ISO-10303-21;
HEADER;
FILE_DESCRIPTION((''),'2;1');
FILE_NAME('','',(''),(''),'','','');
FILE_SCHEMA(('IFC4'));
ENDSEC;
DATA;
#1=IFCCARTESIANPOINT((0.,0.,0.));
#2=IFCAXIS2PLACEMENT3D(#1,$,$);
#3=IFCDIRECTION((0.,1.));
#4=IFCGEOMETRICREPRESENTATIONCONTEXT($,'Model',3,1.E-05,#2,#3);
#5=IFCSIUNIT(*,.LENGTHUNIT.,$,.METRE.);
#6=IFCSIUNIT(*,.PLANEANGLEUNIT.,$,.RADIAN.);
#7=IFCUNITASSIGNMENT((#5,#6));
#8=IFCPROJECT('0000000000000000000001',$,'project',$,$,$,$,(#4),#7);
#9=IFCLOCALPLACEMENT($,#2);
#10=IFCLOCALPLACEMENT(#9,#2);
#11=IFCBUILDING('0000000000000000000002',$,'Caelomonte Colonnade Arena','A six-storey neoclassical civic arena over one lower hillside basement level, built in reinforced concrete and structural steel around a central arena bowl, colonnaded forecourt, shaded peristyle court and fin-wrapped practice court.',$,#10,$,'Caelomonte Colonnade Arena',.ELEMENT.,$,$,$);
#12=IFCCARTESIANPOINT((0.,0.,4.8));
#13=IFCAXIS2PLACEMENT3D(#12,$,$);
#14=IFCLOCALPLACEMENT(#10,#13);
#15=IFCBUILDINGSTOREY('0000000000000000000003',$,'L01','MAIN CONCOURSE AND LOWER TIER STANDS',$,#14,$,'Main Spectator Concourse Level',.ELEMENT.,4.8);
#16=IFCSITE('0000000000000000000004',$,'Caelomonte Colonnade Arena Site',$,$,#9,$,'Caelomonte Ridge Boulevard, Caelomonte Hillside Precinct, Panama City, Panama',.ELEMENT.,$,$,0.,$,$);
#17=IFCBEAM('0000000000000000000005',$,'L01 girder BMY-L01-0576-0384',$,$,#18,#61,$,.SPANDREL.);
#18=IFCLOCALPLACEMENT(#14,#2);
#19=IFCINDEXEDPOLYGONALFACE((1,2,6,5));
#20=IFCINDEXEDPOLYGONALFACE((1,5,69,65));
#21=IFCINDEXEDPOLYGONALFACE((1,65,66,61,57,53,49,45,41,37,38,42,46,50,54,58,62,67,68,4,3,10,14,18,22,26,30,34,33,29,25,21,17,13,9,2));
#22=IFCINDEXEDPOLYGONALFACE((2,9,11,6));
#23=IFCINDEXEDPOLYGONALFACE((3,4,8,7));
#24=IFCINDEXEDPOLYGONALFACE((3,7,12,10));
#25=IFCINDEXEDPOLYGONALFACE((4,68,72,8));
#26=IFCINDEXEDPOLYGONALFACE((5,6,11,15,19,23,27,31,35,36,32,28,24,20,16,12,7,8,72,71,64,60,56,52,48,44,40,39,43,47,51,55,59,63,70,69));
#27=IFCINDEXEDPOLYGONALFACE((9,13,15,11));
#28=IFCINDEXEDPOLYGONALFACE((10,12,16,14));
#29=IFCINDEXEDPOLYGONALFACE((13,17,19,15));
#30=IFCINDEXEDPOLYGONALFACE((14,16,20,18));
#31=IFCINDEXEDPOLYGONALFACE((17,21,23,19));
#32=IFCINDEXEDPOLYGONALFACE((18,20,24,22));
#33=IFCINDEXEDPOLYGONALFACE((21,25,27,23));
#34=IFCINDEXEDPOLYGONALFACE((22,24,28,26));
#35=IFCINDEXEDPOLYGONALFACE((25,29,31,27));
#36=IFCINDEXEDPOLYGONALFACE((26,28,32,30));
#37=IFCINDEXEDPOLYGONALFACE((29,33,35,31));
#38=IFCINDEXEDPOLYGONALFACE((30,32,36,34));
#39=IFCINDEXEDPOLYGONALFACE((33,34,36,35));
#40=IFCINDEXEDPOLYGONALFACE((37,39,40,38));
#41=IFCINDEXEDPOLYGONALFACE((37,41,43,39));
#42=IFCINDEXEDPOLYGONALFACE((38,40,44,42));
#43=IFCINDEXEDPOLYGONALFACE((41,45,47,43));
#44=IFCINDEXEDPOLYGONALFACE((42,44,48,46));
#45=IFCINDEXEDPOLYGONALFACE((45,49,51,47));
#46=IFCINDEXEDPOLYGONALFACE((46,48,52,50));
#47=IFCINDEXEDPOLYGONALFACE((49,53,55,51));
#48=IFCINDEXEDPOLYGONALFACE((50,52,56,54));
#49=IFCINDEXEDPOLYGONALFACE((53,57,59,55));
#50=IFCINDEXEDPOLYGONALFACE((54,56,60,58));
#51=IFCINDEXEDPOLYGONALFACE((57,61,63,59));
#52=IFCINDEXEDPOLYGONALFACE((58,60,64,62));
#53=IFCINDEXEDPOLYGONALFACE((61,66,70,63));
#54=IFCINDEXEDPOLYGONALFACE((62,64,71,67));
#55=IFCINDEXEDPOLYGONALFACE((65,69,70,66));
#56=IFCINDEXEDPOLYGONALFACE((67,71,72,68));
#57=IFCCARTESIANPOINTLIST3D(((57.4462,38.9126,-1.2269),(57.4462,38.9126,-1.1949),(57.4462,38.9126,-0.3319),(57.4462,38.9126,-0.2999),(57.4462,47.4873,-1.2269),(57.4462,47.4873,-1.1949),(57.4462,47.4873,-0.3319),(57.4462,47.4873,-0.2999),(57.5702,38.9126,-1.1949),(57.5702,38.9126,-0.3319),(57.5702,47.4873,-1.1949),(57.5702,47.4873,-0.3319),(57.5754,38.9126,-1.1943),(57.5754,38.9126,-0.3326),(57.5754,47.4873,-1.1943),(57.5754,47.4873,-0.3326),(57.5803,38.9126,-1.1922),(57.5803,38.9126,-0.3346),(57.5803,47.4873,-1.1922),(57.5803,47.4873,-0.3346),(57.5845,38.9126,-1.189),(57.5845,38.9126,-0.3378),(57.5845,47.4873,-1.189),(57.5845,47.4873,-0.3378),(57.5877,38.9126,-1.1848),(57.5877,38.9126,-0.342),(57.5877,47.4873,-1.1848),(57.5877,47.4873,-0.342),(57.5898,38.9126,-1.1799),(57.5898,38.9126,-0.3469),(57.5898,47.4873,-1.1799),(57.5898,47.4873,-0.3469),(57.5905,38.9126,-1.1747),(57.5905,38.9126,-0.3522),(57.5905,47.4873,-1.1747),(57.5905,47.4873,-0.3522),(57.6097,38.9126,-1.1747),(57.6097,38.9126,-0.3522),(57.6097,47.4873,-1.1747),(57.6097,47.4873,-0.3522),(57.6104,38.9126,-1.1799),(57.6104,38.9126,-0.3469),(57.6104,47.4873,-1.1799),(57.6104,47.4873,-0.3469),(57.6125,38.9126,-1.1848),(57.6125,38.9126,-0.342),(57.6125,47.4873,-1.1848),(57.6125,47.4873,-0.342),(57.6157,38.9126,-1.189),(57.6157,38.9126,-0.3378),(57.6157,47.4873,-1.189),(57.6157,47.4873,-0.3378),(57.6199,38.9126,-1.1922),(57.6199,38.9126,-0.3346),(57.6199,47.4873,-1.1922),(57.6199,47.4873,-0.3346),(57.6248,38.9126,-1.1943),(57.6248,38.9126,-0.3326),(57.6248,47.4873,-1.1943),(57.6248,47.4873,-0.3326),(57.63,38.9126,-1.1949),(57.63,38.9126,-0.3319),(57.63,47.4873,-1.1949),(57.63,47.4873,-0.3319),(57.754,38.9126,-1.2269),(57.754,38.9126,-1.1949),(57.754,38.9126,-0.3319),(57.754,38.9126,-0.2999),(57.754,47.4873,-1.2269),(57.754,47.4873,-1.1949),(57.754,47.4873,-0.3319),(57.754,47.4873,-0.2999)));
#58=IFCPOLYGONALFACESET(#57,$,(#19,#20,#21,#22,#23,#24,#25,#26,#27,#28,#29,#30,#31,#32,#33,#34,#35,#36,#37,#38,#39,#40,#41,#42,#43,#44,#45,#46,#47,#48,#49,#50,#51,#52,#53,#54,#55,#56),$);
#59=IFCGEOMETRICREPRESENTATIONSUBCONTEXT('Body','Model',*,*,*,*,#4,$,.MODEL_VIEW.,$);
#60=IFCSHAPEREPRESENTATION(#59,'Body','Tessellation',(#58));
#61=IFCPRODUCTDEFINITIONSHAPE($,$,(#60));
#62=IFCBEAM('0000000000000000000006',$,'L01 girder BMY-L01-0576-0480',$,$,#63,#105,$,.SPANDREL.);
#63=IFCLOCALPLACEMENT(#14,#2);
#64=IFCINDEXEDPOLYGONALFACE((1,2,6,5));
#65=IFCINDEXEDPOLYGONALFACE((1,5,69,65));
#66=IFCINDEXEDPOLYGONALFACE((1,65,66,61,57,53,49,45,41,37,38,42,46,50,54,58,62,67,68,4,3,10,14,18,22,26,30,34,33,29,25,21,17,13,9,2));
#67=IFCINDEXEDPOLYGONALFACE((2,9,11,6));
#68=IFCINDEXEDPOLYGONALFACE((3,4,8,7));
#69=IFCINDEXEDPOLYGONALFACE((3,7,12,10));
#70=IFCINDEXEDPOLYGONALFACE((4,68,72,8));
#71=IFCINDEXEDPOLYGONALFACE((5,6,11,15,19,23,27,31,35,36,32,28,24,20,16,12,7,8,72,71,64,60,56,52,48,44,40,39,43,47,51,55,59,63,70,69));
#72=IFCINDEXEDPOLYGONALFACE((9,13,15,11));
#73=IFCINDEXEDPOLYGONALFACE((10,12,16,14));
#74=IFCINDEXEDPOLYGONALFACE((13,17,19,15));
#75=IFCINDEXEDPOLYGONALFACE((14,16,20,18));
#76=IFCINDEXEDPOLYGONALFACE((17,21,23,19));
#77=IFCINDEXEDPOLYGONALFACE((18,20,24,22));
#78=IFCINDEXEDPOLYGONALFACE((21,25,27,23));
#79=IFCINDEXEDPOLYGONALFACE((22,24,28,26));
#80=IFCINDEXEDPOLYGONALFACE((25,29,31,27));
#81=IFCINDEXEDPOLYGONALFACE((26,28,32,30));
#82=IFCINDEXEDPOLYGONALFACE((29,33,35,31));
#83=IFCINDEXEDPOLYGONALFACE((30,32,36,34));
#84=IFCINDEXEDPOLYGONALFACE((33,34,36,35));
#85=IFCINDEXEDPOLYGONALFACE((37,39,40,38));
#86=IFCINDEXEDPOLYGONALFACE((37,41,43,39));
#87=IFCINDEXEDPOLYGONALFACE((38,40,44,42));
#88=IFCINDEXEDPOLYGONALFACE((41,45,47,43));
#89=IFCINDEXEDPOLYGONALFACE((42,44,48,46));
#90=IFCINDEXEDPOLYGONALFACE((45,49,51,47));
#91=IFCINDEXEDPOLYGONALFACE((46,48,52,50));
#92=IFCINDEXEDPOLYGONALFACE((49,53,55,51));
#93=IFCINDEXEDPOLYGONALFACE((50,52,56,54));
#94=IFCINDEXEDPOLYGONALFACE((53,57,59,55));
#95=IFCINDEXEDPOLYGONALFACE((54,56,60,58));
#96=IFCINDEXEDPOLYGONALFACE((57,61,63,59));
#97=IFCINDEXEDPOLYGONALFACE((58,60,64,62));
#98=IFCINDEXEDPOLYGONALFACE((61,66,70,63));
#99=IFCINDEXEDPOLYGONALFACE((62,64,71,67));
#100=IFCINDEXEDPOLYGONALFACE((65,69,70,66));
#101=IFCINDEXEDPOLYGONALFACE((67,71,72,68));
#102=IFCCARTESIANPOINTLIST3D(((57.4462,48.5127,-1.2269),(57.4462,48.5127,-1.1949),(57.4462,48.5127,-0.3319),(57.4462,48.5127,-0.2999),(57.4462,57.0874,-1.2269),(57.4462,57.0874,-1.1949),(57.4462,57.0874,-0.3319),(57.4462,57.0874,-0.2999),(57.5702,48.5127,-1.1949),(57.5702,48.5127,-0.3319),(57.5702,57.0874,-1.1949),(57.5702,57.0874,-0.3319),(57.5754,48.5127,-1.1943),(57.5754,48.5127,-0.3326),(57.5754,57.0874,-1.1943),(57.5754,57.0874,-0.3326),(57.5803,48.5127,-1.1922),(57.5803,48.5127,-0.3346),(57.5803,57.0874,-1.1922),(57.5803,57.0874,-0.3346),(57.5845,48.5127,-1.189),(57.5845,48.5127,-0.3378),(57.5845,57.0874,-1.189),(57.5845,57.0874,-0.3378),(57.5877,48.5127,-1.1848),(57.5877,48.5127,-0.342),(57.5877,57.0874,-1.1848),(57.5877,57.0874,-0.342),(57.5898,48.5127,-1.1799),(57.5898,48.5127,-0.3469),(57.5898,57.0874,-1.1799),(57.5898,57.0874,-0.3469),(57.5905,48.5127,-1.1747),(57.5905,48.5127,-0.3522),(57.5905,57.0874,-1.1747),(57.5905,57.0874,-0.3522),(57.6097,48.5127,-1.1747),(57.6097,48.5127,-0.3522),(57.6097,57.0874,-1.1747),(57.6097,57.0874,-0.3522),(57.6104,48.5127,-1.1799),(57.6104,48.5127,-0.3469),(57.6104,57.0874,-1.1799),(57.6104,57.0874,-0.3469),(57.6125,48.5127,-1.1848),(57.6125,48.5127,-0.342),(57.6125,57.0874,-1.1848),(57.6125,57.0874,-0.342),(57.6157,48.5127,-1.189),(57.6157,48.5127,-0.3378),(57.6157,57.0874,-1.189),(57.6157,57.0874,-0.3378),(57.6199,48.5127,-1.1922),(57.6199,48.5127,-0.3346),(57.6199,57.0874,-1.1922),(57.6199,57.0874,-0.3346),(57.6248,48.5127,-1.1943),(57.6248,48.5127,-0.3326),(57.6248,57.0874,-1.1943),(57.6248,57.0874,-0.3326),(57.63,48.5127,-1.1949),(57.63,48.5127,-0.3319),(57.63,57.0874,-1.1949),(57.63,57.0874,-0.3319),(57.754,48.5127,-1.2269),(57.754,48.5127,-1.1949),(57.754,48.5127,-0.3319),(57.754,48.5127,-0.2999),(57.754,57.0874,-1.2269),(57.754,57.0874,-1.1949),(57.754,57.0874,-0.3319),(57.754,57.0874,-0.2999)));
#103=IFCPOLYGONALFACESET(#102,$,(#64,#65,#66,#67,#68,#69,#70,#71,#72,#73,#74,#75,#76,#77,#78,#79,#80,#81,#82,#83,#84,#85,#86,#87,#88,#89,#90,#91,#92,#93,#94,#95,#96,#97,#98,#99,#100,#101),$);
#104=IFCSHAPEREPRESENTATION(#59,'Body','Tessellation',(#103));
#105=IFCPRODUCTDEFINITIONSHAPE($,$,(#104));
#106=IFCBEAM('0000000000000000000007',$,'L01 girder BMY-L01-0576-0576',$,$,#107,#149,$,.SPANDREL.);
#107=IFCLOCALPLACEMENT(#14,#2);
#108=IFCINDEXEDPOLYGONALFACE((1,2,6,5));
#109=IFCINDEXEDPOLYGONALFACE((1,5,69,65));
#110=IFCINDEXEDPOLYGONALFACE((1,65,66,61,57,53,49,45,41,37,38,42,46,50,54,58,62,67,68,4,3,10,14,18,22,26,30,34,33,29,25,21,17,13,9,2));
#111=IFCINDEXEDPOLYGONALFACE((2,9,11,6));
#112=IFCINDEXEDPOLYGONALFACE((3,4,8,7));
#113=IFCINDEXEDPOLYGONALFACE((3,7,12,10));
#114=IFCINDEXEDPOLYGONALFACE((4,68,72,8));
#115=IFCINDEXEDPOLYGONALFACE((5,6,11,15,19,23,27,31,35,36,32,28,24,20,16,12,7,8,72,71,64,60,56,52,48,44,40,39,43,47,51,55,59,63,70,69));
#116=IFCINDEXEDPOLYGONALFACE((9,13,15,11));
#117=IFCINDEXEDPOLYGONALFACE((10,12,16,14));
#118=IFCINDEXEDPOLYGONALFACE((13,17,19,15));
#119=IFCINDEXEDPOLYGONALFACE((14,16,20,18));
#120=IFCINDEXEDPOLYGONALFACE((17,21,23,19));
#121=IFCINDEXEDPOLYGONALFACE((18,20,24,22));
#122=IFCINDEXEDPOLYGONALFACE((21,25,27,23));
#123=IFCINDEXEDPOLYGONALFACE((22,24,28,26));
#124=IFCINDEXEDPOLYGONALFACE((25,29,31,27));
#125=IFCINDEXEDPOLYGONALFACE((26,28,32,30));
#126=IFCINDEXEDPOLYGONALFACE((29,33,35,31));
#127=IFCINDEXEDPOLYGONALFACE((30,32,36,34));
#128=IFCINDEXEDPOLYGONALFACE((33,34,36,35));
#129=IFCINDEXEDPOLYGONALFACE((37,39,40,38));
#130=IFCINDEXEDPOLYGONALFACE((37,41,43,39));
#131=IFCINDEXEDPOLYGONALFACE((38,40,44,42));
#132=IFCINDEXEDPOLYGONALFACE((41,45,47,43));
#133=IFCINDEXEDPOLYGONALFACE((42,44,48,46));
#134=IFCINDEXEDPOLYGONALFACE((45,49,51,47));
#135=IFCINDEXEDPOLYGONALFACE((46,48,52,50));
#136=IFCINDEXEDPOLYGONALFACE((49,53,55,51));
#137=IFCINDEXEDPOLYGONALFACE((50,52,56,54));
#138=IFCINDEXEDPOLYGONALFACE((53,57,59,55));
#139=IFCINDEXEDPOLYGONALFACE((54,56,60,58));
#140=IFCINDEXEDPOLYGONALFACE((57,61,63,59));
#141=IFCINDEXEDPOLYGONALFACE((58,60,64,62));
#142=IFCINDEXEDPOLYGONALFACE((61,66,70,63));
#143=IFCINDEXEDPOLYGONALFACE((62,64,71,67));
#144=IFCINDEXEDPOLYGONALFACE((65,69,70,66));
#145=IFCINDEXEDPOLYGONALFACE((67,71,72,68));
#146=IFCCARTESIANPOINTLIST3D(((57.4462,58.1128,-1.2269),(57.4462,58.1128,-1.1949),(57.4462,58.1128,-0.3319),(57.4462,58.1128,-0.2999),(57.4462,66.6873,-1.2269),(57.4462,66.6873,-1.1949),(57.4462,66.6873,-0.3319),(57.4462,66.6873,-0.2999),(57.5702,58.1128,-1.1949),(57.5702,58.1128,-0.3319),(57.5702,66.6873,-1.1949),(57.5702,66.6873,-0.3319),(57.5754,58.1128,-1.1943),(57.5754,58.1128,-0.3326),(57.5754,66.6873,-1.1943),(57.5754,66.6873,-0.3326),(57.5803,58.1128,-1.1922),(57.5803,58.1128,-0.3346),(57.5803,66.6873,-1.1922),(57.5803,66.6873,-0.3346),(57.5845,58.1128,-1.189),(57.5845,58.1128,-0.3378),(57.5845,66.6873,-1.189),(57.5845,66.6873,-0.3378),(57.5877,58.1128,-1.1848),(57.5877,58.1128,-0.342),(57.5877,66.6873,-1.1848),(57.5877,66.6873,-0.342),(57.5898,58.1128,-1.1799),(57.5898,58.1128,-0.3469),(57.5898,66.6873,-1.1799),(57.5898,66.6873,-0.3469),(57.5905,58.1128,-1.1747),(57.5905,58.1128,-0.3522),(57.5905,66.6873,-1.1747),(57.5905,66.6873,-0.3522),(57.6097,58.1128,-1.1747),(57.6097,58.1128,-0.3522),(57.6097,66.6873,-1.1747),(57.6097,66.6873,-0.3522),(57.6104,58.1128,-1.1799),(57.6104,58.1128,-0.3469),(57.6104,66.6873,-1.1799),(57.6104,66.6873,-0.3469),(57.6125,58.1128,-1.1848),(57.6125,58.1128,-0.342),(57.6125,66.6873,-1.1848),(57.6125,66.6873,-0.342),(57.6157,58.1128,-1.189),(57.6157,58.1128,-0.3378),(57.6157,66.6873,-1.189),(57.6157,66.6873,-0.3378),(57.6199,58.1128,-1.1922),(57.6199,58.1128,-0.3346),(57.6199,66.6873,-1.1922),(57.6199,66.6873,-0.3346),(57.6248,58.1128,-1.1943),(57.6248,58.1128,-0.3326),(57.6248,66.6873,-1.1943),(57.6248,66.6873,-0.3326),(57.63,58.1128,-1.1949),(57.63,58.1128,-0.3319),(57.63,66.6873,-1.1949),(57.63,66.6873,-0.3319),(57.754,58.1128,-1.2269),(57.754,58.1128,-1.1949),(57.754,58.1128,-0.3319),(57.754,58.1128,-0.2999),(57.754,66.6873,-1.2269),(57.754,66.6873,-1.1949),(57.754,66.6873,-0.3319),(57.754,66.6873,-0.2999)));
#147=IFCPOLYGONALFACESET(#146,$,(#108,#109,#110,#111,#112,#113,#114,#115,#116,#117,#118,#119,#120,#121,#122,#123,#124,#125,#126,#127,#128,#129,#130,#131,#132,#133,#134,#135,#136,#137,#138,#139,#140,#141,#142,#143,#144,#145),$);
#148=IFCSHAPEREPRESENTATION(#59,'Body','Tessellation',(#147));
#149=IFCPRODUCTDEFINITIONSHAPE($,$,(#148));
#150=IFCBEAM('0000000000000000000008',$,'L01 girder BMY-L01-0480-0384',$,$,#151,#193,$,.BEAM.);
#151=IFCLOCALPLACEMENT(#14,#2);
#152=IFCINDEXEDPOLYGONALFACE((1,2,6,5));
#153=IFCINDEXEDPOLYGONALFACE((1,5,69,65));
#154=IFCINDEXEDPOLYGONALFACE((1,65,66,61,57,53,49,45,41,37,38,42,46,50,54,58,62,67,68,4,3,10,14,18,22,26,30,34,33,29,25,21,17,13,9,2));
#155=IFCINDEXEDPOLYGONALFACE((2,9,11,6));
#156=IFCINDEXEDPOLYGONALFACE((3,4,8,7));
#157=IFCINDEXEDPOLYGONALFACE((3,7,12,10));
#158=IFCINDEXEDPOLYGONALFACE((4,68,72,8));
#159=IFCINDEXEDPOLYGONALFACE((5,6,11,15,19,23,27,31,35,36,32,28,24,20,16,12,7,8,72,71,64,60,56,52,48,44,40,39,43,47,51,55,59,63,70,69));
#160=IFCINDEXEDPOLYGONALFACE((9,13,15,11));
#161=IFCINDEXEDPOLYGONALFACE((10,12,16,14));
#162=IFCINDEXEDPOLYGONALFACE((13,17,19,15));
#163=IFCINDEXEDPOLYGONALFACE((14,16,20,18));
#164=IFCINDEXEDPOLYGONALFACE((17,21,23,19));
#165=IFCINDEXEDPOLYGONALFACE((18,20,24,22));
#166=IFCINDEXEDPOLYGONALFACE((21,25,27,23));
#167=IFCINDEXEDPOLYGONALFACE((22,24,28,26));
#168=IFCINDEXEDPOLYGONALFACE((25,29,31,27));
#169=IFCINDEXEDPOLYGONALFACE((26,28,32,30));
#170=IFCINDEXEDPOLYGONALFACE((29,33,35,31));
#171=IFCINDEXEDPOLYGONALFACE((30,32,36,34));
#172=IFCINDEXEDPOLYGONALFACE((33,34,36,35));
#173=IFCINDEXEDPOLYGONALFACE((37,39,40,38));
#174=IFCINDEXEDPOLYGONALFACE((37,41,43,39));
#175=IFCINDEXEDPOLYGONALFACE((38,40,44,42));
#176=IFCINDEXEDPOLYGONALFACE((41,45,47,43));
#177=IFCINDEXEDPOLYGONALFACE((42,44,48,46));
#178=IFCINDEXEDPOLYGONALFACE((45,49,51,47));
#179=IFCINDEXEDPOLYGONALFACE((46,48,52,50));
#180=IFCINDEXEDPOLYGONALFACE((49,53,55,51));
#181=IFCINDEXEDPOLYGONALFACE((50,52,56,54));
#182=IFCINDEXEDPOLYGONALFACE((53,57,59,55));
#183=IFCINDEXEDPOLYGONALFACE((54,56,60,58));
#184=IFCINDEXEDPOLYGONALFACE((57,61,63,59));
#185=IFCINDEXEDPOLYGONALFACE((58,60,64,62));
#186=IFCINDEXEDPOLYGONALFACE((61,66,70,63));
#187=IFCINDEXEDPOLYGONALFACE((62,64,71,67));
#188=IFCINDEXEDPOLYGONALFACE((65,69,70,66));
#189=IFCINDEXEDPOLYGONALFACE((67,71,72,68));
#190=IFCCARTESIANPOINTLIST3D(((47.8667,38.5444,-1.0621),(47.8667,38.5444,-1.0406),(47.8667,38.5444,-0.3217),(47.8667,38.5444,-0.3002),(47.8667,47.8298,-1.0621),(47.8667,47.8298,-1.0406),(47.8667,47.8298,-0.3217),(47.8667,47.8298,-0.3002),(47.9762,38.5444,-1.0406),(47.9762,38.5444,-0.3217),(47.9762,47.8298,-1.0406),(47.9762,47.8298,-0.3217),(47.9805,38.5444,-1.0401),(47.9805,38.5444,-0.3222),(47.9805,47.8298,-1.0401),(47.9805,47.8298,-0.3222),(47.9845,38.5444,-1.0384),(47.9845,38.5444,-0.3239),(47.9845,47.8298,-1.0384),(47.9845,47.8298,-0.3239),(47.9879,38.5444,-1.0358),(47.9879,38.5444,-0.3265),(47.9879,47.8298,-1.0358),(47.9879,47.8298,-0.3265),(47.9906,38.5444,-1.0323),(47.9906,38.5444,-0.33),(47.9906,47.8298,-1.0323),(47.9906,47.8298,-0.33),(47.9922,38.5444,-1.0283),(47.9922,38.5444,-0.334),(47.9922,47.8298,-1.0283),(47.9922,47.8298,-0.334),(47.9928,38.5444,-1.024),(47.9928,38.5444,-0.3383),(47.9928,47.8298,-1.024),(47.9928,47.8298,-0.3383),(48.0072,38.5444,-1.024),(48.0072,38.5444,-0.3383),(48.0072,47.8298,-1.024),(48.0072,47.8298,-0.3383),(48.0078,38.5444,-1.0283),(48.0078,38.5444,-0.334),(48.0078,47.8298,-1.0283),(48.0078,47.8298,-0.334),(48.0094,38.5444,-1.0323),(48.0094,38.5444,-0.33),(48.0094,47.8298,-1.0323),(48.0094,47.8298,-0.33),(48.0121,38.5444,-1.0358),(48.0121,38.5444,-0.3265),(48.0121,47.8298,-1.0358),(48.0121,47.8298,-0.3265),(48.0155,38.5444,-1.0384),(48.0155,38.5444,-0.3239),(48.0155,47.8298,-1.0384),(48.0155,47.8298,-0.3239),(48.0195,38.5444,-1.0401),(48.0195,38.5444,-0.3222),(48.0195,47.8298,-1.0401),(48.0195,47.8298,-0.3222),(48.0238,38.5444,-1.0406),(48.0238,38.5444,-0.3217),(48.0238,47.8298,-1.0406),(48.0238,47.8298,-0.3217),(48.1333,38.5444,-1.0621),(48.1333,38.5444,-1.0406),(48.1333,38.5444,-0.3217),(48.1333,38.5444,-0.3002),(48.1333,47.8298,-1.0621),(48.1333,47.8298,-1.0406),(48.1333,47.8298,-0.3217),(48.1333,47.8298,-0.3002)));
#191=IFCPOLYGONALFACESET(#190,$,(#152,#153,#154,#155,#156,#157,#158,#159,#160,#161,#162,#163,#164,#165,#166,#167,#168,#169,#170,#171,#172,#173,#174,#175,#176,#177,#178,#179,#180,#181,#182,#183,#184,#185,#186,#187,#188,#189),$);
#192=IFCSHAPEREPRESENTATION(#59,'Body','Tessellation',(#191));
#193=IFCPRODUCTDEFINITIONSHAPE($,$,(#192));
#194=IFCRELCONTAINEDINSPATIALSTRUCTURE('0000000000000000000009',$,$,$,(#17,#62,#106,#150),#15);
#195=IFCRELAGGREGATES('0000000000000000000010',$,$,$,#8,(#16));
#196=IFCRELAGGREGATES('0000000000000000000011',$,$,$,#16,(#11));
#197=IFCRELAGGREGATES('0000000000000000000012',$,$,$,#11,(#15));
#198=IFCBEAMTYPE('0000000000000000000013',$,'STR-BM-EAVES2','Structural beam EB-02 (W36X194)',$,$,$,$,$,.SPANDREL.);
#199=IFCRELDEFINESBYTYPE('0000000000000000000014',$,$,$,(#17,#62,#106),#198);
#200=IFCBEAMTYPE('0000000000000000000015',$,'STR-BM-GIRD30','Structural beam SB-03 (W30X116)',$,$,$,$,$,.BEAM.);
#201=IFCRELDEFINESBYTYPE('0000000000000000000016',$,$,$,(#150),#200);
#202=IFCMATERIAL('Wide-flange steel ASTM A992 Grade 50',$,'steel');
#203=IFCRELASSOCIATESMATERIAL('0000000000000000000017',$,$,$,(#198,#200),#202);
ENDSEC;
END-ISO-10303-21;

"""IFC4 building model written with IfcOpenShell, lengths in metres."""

from ifc_helpers import new_model, si_unit, direction, frame, origin, origin_2d, place, context, subcontext, project, spatial, i_section, extrude, material, material_profile, profile_set, type_object, element, save


model = new_model("IFC4")

# Units and contexts
model_context = context("Model", 3, precision=1e-05, world=origin(), true_north=direction((0.0, 1.0)))
body_context = subcontext(model_context, "Body", "Model", "MODEL_VIEW")
ifc_project = project(units=[si_unit("LENGTHUNIT", "METRE"), si_unit("PLANEANGLEUNIT", "RADIAN")], contexts=[model_context])

# Site, building, storey
site_placement = place(None, origin())
site = spatial("IfcSite", under=ifc_project, at=site_placement, Name="Caelomonte Colonnade Arena Site", LongName="Caelomonte Ridge Boulevard, Caelomonte Hillside Precinct, Panama City, Panama", CompositionType="ELEMENT", RefElevation=0.0)
building_placement = place(site_placement, origin())
building = spatial("IfcBuilding", under=site, at=building_placement, Name="Caelomonte Colonnade Arena", Description="A six-storey neoclassical civic arena over one lower hillside basement level, built in reinforced concrete and structural steel around a central arena bowl, colonnaded forecourt, shaded peristyle court and fin-wrapped practice court.", LongName="Caelomonte Colonnade Arena", CompositionType="ELEMENT")
storey_placement = place(building_placement, frame((0.0, 0.0, 4.8)))
storey = spatial("IfcBuildingStorey", under=building, at=storey_placement, Name="L01", Description="MAIN CONCOURSE AND LOWER TIER STANDS", LongName="Main Spectator Concourse Level", CompositionType="ELEMENT", Elevation=4.8)

# Shared definitions
ifc_material_1 = material(Name="Wide-flange steel ASTM A992 Grade 50", Category="steel")

# Beams
ifc_material_profile_1 = material_profile(ifc_material_1, i_section(OverallWidth=0.3079, OverallDepth=0.927, WebThickness=0.0193, FlangeThickness=0.032, FilletRadius=0.0203, at=origin_2d()), Name="W36X194")
ifc_profile_set_1 = profile_set([ifc_material_profile_1], Name="Wide-flange steel ASTM A992 Grade 50")
beam_type_1 = type_object("IfcBeamType", Name="STR-BM-EAVES2", Description="Structural beam EB-02 (W36X194)", PredefinedType="SPANDREL", material=ifc_profile_set_1)
for number, where, z_axis, x_axis, name in (
    (1, (57.6001, 38.9126, -0.7634), (0.0, 1.0, 0.0), (-1.0, 0.0, 0.0), "L01 girder BMY-L01-0576-0384"),
    (2, (57.6001, 48.5127, -0.7634), (0.0, 1.0, 0.0), (-1.0, 0.0, 0.0), "L01 girder BMY-L01-0576-0480"),
):
    element("IfcBeam", number, at=place(storey_placement, frame(where, z_axis=z_axis, x_axis=x_axis)), inside=storey, type_object=beam_type_1, Name=name, PredefinedType="SPANDREL", context=body_context, shape_type="SweptSolid", body=[
        extrude(i_section(OverallWidth=0.3079, OverallDepth=0.927, WebThickness=0.0193, FlangeThickness=0.032, FilletRadius=0.0203, at=origin_2d()), origin(), (0.0, 0.0, 1.0), 8.5747),
    ])
beam_1_placement = place(storey_placement, frame((57.6001, 58.1128, -0.7634), z_axis=(0.0, 1.0, 0.0), x_axis=(-1.0, 0.0, 0.0)))
element("IfcBeam", 3, at=beam_1_placement, inside=storey, type_object=beam_type_1, Name="L01 girder BMY-L01-0576-0576", PredefinedType="SPANDREL", context=body_context, shape_type="SweptSolid", body=[
    extrude(i_section(OverallWidth=0.3079, OverallDepth=0.927, WebThickness=0.0193, FlangeThickness=0.032, FilletRadius=0.0203, at=origin_2d()), origin(), (0.0, 0.0, 1.0), 8.5745),
])
ifc_material_profile_2 = material_profile(ifc_material_1, i_section(OverallWidth=0.2666, OverallDepth=0.762, WebThickness=0.0144, FlangeThickness=0.0215, FilletRadius=0.0166, at=origin_2d()), Name="W30X116")
ifc_profile_set_2 = profile_set([ifc_material_profile_2], Name="Wide-flange steel ASTM A992 Grade 50")
beam_type_2 = type_object("IfcBeamType", Name="STR-BM-GIRD30", Description="Structural beam SB-03 (W30X116)", PredefinedType="BEAM", material=ifc_profile_set_2)
beam_2_placement = place(storey_placement, frame((48.0, 38.5444, -0.6812), z_axis=(0.0, 1.0, 0.0), x_axis=(-1.0, 0.0, 0.0)))
element("IfcBeam", 4, at=beam_2_placement, inside=storey, type_object=beam_type_2, Name="L01 girder BMY-L01-0480-0384", PredefinedType="BEAM", context=body_context, shape_type="SweptSolid", body=[
    extrude(i_section(OverallWidth=0.2666, OverallDepth=0.762, WebThickness=0.0144, FlangeThickness=0.0215, FilletRadius=0.0166, at=origin_2d()), origin(), (0.0, 0.0, 1.0), 9.2854),
])

save(model, "model.ifc")
